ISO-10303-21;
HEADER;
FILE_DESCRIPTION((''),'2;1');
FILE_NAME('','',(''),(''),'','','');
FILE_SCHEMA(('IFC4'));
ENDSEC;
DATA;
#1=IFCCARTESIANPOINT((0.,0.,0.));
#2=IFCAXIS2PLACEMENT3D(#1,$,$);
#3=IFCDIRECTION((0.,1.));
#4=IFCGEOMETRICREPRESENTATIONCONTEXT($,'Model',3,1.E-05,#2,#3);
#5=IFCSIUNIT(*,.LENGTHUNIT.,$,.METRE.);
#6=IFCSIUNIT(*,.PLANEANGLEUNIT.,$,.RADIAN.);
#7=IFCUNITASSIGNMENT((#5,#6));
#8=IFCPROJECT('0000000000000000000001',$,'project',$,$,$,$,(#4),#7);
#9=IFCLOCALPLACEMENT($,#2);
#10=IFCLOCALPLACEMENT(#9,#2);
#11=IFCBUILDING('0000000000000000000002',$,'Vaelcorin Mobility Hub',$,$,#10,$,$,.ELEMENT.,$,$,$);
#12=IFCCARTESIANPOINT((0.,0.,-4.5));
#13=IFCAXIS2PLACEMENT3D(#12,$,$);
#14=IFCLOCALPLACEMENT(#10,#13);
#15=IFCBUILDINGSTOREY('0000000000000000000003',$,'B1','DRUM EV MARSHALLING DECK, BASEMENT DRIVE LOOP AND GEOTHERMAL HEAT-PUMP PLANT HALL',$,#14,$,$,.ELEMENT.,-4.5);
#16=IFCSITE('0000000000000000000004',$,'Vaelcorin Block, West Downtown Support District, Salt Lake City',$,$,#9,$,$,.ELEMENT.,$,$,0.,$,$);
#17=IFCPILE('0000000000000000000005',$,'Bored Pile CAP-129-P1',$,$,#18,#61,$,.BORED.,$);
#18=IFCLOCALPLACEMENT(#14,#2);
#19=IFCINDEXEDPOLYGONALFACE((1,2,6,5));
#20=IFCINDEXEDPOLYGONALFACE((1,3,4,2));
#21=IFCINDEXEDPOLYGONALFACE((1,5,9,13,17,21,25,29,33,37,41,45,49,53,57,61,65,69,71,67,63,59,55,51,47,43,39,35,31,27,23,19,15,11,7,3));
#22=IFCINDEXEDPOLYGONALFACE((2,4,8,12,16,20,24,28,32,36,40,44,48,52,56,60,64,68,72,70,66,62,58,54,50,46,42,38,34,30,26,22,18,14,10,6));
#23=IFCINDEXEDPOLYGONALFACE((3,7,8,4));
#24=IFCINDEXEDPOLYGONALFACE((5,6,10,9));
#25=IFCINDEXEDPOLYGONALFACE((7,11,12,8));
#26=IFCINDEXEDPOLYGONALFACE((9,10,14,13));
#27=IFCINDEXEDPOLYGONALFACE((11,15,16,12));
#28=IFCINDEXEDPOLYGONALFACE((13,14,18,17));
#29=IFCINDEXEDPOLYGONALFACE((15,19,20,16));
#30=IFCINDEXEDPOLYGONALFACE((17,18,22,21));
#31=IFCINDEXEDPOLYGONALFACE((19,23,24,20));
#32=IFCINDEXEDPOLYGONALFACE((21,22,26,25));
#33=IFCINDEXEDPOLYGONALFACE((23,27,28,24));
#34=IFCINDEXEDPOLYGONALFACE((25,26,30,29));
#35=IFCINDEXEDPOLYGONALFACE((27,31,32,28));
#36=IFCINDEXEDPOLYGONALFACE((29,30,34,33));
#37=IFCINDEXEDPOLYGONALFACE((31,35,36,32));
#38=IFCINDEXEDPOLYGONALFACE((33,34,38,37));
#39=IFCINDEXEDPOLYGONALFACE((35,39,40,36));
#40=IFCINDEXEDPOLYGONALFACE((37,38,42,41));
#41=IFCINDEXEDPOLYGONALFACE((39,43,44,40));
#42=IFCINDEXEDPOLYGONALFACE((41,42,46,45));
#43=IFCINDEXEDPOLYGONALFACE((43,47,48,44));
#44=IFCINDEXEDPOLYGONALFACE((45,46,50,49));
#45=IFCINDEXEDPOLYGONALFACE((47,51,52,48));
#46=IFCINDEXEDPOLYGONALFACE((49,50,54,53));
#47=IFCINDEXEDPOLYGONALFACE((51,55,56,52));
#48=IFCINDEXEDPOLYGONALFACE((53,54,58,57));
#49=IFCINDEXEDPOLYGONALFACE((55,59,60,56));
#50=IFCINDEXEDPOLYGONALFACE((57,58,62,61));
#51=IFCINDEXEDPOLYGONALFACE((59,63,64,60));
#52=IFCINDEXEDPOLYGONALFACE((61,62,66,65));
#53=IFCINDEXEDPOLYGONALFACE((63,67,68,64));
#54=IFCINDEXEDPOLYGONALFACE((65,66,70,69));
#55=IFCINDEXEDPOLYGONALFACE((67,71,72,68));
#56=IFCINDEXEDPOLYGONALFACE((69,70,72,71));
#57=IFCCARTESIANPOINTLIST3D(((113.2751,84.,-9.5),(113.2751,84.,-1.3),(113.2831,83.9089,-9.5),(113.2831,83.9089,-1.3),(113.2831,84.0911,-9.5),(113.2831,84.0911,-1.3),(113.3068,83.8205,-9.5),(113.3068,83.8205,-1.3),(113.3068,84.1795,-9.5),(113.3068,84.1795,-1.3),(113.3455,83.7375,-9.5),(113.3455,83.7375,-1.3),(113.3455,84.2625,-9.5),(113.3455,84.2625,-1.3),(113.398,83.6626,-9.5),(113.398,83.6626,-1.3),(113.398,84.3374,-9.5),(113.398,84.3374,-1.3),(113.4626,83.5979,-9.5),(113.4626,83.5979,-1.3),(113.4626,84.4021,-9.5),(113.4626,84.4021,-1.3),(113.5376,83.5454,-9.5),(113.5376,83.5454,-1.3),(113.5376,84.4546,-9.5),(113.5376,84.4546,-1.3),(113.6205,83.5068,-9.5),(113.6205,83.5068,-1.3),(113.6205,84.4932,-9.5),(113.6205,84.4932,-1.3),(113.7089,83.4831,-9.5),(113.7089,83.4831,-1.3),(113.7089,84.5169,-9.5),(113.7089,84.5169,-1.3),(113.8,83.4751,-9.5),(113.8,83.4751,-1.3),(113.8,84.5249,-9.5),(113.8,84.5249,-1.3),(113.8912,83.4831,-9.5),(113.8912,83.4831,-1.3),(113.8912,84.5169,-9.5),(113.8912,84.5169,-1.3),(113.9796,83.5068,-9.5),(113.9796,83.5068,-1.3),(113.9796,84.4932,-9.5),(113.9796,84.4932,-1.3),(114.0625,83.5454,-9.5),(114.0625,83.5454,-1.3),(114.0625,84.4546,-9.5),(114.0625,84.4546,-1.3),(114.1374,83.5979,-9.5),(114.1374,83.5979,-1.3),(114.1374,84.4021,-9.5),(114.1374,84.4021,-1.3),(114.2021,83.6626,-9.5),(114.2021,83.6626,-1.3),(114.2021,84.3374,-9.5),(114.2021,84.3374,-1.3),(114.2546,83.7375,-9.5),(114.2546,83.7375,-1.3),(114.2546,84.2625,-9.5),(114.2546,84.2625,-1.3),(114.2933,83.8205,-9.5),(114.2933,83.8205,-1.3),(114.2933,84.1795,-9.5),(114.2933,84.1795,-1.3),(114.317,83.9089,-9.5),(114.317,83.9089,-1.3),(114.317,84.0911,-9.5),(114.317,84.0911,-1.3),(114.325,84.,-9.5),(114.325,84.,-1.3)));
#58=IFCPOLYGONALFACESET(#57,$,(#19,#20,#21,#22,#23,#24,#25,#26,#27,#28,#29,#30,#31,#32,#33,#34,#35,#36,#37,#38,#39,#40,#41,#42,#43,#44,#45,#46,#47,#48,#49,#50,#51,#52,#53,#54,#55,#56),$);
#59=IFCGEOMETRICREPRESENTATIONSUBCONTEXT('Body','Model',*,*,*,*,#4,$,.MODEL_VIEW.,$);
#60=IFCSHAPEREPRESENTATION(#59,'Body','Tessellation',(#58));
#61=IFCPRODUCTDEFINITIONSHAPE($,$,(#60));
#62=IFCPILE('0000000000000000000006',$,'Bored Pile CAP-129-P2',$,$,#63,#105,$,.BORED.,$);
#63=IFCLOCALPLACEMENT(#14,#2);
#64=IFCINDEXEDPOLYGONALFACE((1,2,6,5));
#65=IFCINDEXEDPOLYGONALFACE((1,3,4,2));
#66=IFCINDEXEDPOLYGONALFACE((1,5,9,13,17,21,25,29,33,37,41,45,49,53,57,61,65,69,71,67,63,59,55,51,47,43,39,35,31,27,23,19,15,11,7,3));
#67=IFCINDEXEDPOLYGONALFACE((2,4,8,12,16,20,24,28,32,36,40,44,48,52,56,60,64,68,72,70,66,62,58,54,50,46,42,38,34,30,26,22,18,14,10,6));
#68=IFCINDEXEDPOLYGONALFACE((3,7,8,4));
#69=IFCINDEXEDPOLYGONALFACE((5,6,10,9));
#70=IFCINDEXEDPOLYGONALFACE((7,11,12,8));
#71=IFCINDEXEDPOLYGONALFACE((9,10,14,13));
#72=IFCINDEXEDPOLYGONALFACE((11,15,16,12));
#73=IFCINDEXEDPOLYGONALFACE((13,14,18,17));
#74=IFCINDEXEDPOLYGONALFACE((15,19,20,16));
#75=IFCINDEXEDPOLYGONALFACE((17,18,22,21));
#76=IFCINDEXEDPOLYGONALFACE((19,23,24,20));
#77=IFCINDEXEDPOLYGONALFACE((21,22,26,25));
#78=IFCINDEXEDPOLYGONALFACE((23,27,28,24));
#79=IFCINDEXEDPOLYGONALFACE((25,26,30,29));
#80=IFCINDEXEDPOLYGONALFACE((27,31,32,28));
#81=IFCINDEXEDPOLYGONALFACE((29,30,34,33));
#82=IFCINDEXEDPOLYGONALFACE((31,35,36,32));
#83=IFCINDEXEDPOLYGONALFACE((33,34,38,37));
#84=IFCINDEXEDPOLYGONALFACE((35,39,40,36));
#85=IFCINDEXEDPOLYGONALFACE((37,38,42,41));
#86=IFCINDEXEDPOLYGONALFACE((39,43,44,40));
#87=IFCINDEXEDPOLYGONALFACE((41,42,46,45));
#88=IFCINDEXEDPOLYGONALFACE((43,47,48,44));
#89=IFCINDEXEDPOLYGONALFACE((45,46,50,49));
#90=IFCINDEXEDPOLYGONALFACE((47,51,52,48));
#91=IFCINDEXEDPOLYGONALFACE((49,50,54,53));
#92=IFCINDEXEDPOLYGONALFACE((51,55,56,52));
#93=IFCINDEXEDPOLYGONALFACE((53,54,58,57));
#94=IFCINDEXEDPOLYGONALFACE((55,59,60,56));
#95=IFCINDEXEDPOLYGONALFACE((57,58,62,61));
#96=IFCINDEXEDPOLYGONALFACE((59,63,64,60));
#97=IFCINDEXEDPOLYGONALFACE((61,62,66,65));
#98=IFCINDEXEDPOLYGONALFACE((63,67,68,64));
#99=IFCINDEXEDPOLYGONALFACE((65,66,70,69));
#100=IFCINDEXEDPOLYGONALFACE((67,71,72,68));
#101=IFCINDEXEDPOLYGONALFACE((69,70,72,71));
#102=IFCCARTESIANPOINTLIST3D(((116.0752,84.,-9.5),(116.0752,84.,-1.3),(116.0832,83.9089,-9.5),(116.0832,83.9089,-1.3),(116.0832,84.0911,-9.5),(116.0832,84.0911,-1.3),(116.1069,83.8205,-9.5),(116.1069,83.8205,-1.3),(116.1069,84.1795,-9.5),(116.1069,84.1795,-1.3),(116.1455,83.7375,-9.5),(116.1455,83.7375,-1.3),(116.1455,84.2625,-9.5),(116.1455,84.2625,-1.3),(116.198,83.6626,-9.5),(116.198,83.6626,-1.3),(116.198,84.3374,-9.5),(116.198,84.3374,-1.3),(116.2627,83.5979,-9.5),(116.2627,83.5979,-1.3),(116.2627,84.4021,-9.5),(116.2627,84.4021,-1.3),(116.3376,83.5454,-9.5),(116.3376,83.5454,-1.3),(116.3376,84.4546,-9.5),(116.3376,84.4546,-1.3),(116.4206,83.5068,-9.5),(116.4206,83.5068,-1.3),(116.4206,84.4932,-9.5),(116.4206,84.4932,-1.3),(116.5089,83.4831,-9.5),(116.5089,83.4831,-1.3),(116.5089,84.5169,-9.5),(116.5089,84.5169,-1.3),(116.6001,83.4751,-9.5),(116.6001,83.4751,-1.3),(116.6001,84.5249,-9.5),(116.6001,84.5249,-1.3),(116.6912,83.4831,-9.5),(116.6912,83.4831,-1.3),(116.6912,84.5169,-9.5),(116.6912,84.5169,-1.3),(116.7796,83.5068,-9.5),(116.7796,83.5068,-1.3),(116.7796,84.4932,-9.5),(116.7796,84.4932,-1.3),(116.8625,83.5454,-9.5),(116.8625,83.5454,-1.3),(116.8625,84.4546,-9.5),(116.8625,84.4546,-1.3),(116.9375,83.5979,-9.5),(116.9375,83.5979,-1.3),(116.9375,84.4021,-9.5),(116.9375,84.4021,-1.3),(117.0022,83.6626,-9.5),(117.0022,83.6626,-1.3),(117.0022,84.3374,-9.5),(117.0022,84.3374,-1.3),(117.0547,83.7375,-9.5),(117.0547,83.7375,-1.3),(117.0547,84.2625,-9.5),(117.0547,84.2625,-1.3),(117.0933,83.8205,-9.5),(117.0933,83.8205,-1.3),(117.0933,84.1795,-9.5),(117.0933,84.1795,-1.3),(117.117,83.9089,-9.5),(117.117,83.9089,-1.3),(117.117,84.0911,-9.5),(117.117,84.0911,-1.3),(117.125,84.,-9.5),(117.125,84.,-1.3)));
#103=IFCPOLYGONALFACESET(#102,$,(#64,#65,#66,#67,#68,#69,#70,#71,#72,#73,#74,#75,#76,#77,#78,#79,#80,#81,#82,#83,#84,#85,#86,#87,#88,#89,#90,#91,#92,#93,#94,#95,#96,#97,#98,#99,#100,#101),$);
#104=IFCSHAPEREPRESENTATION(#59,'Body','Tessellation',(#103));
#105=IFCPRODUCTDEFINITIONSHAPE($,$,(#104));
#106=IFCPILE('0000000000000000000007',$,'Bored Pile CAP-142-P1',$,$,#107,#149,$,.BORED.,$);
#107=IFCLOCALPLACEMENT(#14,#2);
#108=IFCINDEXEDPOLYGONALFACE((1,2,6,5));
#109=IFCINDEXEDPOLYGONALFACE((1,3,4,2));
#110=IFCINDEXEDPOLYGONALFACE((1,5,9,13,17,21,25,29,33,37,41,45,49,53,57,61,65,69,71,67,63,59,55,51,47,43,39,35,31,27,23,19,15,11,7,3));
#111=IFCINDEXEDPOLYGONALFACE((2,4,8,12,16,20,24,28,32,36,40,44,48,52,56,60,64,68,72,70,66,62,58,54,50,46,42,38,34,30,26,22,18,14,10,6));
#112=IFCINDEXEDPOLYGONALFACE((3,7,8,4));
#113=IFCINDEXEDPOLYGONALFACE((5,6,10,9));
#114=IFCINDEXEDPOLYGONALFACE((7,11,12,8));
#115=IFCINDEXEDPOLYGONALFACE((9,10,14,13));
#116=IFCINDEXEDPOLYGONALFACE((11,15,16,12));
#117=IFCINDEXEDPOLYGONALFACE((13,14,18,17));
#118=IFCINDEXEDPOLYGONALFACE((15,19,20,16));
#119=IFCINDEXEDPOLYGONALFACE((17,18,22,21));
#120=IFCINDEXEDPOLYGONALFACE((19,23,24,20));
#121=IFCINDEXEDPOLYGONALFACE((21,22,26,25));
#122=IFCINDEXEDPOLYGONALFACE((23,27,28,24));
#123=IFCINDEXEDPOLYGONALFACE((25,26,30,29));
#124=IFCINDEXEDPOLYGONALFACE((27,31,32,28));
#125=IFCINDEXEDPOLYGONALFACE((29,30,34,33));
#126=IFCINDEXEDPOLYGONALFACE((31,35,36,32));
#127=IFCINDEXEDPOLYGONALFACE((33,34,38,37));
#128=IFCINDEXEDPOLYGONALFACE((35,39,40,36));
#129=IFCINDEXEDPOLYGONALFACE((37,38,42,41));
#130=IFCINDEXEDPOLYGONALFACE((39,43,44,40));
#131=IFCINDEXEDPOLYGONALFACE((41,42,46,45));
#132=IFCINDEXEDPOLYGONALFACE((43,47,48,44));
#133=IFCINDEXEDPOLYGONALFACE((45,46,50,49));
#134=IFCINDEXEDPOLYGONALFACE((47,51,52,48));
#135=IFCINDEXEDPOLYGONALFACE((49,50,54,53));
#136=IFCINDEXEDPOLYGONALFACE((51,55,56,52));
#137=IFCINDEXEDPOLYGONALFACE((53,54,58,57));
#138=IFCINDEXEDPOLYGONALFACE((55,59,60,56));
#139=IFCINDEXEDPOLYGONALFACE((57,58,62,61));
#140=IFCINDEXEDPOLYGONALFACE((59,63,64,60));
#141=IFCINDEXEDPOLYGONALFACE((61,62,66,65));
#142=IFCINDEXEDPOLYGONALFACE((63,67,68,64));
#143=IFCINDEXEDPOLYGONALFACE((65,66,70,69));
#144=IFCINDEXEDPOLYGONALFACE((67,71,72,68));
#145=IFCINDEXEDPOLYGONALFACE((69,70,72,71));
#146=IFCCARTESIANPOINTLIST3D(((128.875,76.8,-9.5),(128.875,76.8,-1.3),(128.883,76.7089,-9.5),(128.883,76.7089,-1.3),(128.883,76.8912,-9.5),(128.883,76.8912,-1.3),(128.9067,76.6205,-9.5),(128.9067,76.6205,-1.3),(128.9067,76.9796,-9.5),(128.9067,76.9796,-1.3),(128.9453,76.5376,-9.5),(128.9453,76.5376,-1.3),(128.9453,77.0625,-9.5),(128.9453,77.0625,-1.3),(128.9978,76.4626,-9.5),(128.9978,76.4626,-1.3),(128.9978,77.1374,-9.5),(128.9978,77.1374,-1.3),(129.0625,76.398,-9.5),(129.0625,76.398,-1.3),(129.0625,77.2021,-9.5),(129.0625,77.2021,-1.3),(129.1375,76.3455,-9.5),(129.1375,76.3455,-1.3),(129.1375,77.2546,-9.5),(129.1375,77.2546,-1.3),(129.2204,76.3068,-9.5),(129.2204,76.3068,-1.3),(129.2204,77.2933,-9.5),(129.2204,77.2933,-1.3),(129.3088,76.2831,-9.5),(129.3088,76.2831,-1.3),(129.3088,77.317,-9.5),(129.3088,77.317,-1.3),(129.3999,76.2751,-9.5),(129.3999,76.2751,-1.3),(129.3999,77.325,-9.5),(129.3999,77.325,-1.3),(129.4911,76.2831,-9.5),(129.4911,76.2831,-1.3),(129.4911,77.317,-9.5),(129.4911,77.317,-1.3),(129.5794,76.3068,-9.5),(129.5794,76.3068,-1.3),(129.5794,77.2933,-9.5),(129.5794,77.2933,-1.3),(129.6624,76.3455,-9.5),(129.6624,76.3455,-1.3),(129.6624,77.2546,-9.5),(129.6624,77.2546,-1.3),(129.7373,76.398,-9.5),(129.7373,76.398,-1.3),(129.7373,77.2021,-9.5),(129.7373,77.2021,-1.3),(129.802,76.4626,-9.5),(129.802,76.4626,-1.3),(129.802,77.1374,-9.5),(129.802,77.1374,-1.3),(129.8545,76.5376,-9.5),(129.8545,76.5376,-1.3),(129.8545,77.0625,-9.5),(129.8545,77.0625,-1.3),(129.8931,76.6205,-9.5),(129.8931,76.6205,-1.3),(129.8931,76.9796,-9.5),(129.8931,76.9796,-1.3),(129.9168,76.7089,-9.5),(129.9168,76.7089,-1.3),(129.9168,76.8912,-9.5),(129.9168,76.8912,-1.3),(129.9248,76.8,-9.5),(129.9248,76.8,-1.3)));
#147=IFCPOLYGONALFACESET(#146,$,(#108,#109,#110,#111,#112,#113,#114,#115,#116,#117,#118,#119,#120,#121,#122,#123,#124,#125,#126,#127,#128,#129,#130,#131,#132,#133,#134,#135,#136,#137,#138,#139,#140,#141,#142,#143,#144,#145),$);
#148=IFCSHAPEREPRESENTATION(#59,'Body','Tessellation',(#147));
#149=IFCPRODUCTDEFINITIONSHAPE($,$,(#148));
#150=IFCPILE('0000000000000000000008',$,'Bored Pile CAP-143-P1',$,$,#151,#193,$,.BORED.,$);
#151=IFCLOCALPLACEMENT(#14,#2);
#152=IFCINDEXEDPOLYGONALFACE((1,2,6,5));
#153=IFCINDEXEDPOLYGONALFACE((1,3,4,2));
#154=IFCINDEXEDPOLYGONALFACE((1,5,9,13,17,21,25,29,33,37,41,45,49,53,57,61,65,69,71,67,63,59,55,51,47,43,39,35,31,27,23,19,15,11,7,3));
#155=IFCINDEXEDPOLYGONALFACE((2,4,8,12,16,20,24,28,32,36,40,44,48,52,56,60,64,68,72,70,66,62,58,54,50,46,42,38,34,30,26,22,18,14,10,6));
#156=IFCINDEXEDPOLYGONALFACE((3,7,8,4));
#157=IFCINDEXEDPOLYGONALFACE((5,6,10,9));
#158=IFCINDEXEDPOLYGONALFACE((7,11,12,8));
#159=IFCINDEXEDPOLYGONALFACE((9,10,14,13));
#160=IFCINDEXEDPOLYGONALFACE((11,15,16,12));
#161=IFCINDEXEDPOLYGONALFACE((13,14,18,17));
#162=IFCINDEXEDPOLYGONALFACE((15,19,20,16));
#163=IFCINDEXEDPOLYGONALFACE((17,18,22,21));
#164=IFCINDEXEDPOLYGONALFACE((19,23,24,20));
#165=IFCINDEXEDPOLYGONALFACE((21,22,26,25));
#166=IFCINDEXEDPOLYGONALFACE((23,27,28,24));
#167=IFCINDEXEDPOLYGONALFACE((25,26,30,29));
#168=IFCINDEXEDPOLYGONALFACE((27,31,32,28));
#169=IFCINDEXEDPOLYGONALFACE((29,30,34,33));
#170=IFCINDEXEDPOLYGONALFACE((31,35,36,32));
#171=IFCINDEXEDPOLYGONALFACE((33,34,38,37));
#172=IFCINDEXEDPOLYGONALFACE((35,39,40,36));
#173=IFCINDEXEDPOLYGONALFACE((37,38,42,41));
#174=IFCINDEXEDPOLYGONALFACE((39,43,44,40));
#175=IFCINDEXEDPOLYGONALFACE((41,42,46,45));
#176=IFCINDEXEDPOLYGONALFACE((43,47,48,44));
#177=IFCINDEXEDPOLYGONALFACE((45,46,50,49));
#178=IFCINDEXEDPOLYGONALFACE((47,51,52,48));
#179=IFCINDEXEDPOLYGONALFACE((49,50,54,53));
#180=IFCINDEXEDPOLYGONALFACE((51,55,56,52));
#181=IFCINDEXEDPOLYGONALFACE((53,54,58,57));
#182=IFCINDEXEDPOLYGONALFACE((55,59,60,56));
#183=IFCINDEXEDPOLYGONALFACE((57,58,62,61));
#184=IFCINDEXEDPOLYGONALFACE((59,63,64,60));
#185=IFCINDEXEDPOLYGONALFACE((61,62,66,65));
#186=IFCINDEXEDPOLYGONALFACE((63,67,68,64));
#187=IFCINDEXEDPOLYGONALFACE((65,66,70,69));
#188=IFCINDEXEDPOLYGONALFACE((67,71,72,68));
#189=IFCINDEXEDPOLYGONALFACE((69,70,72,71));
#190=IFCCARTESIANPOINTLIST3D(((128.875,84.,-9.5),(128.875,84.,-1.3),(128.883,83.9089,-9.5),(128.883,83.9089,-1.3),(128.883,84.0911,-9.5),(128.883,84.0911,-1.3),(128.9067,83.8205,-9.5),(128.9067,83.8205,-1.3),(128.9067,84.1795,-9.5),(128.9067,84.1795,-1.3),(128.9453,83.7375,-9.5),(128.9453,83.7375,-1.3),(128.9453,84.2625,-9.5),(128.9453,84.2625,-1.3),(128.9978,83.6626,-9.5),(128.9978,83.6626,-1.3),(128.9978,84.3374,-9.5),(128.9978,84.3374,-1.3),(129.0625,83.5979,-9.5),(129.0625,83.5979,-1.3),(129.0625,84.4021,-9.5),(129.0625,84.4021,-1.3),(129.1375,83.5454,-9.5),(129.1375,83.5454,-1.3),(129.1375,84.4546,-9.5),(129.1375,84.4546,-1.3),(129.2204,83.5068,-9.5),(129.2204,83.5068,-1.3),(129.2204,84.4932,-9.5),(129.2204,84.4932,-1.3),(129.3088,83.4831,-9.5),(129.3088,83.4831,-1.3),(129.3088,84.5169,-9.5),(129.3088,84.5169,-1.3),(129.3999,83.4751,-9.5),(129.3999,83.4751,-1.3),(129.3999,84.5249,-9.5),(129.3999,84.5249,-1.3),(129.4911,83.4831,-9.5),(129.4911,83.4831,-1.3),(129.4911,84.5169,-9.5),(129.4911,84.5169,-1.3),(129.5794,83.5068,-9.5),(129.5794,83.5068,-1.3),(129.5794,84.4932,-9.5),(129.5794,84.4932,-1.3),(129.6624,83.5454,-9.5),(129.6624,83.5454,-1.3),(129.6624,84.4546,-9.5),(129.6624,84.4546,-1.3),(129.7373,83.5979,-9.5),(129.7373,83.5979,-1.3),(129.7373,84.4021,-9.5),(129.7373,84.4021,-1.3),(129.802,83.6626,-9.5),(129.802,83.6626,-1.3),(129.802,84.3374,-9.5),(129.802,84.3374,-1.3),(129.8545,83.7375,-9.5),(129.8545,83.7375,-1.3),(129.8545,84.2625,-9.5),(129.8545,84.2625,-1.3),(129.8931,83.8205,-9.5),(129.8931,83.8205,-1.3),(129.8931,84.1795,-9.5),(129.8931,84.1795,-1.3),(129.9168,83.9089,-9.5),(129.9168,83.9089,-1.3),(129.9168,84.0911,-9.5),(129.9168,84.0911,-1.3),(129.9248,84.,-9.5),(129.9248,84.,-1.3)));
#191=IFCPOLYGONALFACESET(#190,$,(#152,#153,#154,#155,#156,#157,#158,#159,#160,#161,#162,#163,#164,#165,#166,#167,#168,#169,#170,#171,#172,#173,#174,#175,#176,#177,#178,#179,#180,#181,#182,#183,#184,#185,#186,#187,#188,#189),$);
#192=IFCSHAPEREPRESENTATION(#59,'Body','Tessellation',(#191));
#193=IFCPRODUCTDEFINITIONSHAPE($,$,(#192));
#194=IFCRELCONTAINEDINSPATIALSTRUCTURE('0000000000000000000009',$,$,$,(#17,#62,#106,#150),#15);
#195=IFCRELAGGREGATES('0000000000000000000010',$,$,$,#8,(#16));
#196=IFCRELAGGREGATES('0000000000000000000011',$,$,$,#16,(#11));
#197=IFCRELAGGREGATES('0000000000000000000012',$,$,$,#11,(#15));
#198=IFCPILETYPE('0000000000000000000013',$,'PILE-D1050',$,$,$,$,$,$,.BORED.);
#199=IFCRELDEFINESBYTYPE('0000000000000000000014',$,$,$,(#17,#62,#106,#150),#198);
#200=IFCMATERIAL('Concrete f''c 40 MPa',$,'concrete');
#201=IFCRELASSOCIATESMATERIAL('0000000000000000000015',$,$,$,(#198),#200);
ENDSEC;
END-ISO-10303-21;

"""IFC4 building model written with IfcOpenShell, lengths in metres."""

from ifc_helpers import new_model, si_unit, direction, frame, origin, origin_2d, place, context, subcontext, project, spatial, circle, extrude, material, material_profile, profile_set, type_object, element, save


model = new_model("IFC4")

# Units and contexts
model_context = context("Model", 3, precision=1e-05, world=origin(), true_north=direction((0.0, 1.0)))
body_context = subcontext(model_context, "Body", "Model", "MODEL_VIEW")
ifc_project = project(units=[si_unit("LENGTHUNIT", "METRE"), si_unit("PLANEANGLEUNIT", "RADIAN")], contexts=[model_context])

# Site, building, storey
site_placement = place(None, origin())
site = spatial("IfcSite", under=ifc_project, at=site_placement, Name="Vaelcorin Block, West Downtown Support District, Salt Lake City", CompositionType="ELEMENT", RefElevation=0.0)
building_placement = place(site_placement, origin())
building = spatial("IfcBuilding", under=site, at=building_placement, Name="Vaelcorin Mobility Hub", CompositionType="ELEMENT")
storey_placement = place(building_placement, frame((0.0, 0.0, -4.5)))
storey = spatial("IfcBuildingStorey", under=building, at=storey_placement, Name="B1", Description="DRUM EV MARSHALLING DECK, BASEMENT DRIVE LOOP AND GEOTHERMAL HEAT-PUMP PLANT HALL", CompositionType="ELEMENT", Elevation=-4.5)

# Shared definitions
ifc_material_1 = material(Name="Concrete f'c 40 MPa", Category="concrete")

# Piles
ifc_material_profile_1 = material_profile(ifc_material_1, circle(Radius=0.5249, at=origin_2d()), Name="BP-D1050")
ifc_profile_set_1 = profile_set([ifc_material_profile_1], Name="Concrete f'c 40 MPa")
pile_type_1 = type_object("IfcPileType", Name="PILE-D1050", PredefinedType="BORED", material=ifc_profile_set_1)
for number, where, z_axis, x_axis, name in (
    (1, (113.8, 84.0, -1.3), (0.0, 0.0, -1.0), (1.0, 0.0, 0.0), "Bored Pile CAP-129-P1"),
    (2, (116.6001, 84.0, -1.3), (0.0, 0.0, -1.0), (1.0, 0.0, 0.0), "Bored Pile CAP-129-P2"),
    (3, (129.3999, 76.8, -1.3), (0.0, 0.0, -1.0), (1.0, 0.0, 0.0), "Bored Pile CAP-142-P1"),
    (4, (129.3999, 84.0, -1.3), (0.0, 0.0, -1.0), (1.0, 0.0, 0.0), "Bored Pile CAP-143-P1"),
):
    element("IfcPile", number, at=place(storey_placement, frame(where, z_axis=z_axis, x_axis=x_axis)), inside=storey, type_object=pile_type_1, Name=name, PredefinedType="BORED", context=body_context, shape_type="SweptSolid", body=[
        extrude(circle(Radius=0.5249, at=origin_2d()), origin(), (0.0, 0.0, 1.0), 8.2),
    ])

save(model, "model.ifc")
